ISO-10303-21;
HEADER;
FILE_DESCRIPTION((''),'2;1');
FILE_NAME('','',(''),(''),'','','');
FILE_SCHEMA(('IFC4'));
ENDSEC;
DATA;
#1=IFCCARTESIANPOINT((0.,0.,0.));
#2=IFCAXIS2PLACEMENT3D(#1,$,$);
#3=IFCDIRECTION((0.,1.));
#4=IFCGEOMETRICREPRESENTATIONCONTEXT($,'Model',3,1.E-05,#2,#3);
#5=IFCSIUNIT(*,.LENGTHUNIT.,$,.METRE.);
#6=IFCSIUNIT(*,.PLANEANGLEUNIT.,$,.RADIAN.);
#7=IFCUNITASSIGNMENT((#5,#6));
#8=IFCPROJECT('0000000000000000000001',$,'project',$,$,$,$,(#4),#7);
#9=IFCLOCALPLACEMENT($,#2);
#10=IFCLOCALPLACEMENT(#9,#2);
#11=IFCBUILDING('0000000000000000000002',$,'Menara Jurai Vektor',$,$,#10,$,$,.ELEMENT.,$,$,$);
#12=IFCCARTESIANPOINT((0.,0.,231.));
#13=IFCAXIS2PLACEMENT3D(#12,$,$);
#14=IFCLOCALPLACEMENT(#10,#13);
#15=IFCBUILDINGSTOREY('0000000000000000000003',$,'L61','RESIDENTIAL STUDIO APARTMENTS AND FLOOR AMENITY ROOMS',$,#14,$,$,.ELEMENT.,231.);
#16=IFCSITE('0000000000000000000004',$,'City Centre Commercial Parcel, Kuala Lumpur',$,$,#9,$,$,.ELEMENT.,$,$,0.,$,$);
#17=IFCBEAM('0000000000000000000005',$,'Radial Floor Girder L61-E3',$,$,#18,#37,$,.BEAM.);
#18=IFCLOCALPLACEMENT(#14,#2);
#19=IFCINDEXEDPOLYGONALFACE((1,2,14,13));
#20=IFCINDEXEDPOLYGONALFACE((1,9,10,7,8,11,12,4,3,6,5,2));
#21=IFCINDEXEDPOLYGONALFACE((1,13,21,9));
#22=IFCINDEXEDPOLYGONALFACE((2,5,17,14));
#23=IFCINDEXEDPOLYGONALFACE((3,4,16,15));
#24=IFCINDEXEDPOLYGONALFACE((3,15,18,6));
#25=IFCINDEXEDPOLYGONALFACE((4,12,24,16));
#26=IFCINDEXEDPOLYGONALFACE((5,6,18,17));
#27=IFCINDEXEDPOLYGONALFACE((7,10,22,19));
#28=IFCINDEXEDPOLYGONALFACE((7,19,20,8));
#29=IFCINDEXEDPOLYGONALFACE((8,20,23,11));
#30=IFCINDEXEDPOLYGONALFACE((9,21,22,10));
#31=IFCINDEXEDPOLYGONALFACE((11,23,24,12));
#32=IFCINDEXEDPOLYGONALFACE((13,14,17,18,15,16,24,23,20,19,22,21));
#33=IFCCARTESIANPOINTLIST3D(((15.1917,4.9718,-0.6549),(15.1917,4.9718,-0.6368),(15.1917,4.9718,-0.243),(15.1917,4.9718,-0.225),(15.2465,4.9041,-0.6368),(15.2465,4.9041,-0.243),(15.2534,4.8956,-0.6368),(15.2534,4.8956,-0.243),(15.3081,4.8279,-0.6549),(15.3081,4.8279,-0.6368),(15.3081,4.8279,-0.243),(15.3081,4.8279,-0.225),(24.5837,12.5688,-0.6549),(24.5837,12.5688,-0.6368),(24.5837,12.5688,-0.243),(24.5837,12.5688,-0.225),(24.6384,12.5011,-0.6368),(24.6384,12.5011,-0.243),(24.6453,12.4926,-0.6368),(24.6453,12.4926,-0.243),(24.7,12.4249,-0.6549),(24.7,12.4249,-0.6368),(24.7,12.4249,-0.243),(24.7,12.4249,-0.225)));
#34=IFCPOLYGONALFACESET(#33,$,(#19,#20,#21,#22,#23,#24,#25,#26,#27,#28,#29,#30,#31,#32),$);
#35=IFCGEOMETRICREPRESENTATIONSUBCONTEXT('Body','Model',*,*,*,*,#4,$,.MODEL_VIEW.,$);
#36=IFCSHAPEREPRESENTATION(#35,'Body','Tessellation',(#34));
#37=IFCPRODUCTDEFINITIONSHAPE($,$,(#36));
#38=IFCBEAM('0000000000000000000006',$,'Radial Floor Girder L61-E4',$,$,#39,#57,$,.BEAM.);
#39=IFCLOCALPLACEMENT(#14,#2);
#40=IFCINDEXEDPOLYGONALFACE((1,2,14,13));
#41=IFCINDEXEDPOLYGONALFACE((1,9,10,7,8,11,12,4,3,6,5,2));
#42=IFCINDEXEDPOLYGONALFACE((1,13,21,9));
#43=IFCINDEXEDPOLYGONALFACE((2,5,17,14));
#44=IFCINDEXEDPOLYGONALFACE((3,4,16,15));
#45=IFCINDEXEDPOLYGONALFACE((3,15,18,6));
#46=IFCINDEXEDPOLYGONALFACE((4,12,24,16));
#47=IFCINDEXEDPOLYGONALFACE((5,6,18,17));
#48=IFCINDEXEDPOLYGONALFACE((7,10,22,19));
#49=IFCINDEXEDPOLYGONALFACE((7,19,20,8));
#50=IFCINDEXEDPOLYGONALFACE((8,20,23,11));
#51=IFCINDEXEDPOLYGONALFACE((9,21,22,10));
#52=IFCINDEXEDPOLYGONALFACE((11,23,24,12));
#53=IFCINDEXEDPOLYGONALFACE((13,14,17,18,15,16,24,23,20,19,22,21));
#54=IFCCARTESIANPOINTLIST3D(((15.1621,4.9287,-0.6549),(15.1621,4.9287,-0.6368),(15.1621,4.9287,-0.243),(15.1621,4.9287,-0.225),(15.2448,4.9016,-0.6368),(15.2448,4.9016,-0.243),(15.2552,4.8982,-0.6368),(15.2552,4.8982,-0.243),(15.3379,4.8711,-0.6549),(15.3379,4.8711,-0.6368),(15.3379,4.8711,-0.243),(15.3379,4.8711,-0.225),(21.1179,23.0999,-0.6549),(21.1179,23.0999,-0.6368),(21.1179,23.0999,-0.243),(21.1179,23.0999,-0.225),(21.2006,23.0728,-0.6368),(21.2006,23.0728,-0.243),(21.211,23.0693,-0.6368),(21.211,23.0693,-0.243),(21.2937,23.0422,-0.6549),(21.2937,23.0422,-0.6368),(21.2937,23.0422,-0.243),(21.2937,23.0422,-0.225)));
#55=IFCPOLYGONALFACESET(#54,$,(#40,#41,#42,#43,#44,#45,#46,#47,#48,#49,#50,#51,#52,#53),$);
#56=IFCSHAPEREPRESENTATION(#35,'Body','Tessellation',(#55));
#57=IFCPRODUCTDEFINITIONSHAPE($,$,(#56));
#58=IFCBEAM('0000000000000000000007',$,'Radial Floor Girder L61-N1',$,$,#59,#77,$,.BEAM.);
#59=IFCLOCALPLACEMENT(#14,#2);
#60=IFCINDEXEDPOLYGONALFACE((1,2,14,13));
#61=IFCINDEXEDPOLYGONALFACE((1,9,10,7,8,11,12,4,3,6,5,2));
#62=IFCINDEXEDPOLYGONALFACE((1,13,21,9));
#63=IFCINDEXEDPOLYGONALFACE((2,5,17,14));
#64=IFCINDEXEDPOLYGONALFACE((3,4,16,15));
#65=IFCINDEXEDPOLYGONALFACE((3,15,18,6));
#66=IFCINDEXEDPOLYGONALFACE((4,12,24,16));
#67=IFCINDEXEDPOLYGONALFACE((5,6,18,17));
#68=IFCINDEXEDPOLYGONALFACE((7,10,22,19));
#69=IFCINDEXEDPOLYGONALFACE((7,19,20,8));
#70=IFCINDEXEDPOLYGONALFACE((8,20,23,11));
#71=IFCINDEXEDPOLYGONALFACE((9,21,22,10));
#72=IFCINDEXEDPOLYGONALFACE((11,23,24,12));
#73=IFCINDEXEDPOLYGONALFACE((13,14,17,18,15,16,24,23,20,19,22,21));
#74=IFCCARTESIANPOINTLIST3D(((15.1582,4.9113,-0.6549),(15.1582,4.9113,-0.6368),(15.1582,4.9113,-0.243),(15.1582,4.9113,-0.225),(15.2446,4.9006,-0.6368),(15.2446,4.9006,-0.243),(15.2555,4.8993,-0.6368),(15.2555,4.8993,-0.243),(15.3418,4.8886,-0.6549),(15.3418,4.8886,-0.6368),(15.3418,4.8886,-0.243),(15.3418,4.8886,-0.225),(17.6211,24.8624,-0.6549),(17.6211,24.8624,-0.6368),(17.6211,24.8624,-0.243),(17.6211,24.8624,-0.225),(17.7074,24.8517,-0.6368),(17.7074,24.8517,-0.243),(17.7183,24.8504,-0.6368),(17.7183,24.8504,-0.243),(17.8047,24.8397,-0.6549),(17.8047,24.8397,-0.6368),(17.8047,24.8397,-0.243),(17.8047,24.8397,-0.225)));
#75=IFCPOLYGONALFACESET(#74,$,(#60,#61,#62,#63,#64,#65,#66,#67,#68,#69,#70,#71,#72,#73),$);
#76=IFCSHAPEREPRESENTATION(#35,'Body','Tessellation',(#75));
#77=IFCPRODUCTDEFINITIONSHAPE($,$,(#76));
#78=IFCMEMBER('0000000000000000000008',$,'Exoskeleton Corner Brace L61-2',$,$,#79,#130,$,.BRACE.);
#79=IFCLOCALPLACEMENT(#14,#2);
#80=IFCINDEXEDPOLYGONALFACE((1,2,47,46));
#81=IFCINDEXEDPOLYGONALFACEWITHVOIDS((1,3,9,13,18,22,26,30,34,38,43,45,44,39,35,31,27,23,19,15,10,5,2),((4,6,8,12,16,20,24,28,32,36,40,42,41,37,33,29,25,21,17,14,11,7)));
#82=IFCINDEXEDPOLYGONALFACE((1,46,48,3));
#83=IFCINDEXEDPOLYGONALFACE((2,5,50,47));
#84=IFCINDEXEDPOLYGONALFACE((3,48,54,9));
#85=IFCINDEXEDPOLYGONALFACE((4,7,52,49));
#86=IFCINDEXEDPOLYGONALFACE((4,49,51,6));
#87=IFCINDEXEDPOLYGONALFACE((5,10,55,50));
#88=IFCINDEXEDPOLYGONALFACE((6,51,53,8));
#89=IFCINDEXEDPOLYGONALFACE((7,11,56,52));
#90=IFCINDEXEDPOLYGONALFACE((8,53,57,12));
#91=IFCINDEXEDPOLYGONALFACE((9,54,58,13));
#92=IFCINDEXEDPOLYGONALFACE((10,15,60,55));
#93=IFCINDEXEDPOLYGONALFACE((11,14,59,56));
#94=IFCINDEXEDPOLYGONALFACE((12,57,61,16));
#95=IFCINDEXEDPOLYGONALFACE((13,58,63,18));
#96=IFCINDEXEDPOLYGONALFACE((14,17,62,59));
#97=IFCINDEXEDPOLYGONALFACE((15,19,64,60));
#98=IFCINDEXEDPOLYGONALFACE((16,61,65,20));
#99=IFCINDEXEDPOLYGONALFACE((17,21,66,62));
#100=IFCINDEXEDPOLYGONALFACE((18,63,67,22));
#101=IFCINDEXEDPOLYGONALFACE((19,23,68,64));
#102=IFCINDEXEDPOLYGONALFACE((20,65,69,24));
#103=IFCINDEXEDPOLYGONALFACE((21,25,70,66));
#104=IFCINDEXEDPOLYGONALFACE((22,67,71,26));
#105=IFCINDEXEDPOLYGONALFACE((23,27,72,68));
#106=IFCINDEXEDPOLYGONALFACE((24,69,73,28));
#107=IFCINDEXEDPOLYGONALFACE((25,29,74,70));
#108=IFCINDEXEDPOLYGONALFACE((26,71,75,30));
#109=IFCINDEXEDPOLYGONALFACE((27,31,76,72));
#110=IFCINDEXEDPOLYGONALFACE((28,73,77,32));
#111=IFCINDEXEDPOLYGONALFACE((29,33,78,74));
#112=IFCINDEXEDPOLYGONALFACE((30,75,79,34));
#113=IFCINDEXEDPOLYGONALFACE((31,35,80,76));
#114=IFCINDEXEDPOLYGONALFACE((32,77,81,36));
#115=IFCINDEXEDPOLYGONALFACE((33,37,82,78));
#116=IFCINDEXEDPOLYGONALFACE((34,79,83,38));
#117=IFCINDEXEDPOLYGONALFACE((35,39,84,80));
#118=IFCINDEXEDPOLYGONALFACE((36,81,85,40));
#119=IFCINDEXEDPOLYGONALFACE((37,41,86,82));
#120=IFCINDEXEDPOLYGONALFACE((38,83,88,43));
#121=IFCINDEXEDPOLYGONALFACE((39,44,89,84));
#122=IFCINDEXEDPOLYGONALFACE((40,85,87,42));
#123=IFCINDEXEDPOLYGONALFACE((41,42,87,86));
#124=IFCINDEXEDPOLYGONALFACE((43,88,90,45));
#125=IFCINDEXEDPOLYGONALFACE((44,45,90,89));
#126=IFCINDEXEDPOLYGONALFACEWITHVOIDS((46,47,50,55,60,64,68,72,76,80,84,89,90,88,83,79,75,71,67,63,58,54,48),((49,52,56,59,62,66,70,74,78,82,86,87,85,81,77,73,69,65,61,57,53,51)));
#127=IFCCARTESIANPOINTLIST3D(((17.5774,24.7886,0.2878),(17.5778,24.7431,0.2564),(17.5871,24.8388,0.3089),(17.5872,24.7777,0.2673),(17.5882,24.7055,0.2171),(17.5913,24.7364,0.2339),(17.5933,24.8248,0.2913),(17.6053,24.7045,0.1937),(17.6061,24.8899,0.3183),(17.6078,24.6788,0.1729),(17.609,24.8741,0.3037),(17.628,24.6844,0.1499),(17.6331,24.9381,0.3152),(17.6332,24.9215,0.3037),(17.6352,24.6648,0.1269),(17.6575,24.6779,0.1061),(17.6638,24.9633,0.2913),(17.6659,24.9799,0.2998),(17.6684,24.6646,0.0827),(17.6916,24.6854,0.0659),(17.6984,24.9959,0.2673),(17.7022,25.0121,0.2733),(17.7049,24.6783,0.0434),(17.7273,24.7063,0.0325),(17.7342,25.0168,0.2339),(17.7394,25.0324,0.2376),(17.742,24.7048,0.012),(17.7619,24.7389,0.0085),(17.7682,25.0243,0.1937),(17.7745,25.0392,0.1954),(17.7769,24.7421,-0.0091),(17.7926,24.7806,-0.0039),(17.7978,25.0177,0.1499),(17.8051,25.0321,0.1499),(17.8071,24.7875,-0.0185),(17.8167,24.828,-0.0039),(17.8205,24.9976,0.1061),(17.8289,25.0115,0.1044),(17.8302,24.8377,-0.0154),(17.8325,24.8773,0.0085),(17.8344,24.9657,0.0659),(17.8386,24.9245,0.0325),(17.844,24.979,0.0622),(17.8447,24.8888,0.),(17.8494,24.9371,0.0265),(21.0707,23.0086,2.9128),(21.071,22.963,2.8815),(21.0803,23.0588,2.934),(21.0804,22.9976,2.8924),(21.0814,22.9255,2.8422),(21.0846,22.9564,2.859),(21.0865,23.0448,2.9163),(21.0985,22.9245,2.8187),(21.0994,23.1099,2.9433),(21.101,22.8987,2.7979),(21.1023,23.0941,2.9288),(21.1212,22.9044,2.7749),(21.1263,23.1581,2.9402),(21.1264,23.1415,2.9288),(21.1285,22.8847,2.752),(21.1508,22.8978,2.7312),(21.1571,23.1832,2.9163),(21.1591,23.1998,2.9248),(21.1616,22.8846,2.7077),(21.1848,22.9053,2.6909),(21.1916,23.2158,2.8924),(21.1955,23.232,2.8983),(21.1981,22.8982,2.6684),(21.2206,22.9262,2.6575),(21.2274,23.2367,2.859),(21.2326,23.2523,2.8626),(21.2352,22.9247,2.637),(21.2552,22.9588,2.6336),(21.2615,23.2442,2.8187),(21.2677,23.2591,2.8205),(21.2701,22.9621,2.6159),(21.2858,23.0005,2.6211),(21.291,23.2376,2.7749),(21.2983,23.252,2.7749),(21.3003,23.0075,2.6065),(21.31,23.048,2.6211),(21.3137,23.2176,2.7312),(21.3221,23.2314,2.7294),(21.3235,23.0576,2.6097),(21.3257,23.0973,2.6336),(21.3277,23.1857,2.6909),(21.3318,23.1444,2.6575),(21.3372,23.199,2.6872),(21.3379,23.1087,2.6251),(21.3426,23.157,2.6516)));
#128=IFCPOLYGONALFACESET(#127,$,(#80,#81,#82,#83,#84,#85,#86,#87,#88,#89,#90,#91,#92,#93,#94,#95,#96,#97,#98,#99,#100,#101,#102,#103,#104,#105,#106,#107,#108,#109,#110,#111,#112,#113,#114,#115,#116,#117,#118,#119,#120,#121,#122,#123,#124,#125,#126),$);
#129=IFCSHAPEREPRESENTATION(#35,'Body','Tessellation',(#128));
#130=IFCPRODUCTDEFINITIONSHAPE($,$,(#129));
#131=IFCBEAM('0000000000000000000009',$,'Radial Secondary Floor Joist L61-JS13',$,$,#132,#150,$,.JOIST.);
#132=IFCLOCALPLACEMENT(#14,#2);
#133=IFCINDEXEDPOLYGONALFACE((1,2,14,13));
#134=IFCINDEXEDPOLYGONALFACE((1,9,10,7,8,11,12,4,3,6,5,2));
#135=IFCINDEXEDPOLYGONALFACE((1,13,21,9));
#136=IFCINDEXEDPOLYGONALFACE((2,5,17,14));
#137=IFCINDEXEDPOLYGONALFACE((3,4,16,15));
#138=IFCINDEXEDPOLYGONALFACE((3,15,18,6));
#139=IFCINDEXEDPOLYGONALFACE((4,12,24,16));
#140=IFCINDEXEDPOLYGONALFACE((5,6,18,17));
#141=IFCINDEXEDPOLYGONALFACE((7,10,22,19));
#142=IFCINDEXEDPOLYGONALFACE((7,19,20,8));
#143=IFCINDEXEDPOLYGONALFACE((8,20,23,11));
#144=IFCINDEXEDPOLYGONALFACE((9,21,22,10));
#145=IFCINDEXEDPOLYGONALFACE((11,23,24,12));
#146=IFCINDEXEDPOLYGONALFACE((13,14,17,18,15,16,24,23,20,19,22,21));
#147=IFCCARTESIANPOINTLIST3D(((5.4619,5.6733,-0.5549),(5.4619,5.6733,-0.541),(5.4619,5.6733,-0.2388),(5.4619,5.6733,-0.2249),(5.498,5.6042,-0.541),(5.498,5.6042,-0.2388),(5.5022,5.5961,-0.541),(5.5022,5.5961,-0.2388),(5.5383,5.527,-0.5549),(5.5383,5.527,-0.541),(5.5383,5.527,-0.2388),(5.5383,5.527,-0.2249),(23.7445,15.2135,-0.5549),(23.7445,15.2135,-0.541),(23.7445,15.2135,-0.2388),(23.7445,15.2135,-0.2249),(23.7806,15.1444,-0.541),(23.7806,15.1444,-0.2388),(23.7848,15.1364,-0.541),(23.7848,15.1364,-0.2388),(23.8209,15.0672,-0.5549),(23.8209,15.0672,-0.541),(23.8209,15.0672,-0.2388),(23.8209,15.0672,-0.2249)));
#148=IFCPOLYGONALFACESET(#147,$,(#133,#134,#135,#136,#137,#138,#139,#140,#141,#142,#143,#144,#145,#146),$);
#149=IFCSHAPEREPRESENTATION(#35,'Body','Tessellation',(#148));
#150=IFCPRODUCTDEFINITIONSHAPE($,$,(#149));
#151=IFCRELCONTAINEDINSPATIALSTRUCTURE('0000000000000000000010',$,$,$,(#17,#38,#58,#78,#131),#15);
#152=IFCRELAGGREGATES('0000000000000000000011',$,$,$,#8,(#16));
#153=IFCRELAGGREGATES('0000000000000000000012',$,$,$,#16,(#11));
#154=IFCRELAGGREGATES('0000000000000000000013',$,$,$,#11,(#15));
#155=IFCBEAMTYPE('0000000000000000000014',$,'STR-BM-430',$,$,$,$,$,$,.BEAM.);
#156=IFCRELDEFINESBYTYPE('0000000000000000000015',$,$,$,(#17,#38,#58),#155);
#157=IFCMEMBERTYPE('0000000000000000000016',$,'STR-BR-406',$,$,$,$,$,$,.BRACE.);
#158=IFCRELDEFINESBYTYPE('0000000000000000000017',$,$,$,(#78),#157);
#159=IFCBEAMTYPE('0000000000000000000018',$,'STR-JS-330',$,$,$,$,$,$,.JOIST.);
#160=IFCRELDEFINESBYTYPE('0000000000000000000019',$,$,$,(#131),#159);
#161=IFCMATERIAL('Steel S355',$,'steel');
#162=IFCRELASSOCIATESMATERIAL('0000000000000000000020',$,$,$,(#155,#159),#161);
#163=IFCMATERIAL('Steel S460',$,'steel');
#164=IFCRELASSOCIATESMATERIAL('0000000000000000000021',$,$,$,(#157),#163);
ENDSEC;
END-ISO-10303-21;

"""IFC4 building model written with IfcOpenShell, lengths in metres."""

from ifc_helpers import new_model, si_unit, direction, frame, origin, origin_2d, place, context, subcontext, project, spatial, hollow_circle, i_section, extrude, material, material_profile, profile_set, type_object, element, save


model = new_model("IFC4")

# Units and contexts
model_context = context("Model", 3, precision=1e-05, world=origin(), true_north=direction((0.0, 1.0)))
body_context = subcontext(model_context, "Body", "Model", "MODEL_VIEW")
ifc_project = project(units=[si_unit("LENGTHUNIT", "METRE"), si_unit("PLANEANGLEUNIT", "RADIAN")], contexts=[model_context])

# Site, building, storey
site_placement = place(None, origin())
site = spatial("IfcSite", under=ifc_project, at=site_placement, Name="City Centre Commercial Parcel, Kuala Lumpur", CompositionType="ELEMENT", RefElevation=0.0)
building_placement = place(site_placement, origin())
building = spatial("IfcBuilding", under=site, at=building_placement, Name="Menara Jurai Vektor", CompositionType="ELEMENT")
storey_placement = place(building_placement, frame((0.0, 0.0, 231.0)))
storey = spatial("IfcBuildingStorey", under=building, at=storey_placement, Name="L61", Description="RESIDENTIAL STUDIO APARTMENTS AND FLOOR AMENITY ROOMS", CompositionType="ELEMENT", Elevation=231.0)

# Shared definitions
ifc_material_1 = material(Name="Steel S460", Category="steel")

# Beams
ifc_material_2 = material(Name="Steel S355", Category="steel")
ifc_material_profile_1 = material_profile(ifc_material_2, i_section(OverallWidth=0.1851, OverallDepth=0.4299, WebThickness=0.011, FlangeThickness=0.0181, at=origin_2d()), Name="PG 430x185x76")
ifc_profile_set_1 = profile_set([ifc_material_profile_1], Name="Steel S355")
beam_type_1 = type_object("IfcBeamType", Name="STR-BM-430", PredefinedType="BEAM", material=ifc_profile_set_1)
beam_1_placement = place(storey_placement, frame((24.6418, 12.4968, -0.4399), z_axis=(-0.777488, -0.628898, 0.0), x_axis=(0.628898, -0.777488, 0.0)))
element("IfcBeam", 1, at=beam_1_placement, inside=storey, type_object=beam_type_1, Name="Radial Floor Girder L61-E3", PredefinedType="BEAM", context=body_context, shape_type="SweptSolid", body=[
    extrude(i_section(OverallWidth=0.1851, OverallDepth=0.4299, WebThickness=0.011, FlangeThickness=0.0181, at=origin_2d()), origin(), (0.0, 0.0, 1.0), 12.0798),
])
beam_2_placement = place(storey_placement, frame((21.2058, 23.071, -0.4399), z_axis=(-0.311459, -0.95026, 0.0), x_axis=(0.95026, -0.311459, 0.0)))
element("IfcBeam", 2, at=beam_2_placement, inside=storey, type_object=beam_type_1, Name="Radial Floor Girder L61-E4", PredefinedType="BEAM", context=body_context, shape_type="SweptSolid", body=[
    extrude(i_section(OverallWidth=0.1851, OverallDepth=0.4299, WebThickness=0.011, FlangeThickness=0.0181, at=origin_2d()), origin(), (0.0, 0.0, 1.0), 19.1223),
])
beam_3_placement = place(storey_placement, frame((17.7129, 24.8511, -0.4399), z_axis=(-0.122516, -0.992467, 0.0), x_axis=(0.992467, -0.122516, 0.0)))
element("IfcBeam", 3, at=beam_3_placement, inside=storey, type_object=beam_type_1, Name="Radial Floor Girder L61-N1", PredefinedType="BEAM", context=body_context, shape_type="SweptSolid", body=[
    extrude(i_section(OverallWidth=0.1851, OverallDepth=0.4299, WebThickness=0.011, FlangeThickness=0.0181, at=origin_2d()), origin(), (0.0, 0.0, 1.0), 20.1025),
])

# Member
ifc_material_profile_2 = material_profile(ifc_material_1, hollow_circle(Radius=0.2031, WallThickness=0.0161, at=origin_2d()), Name="CHS 406.4x16")
ifc_profile_set_2 = profile_set([ifc_material_profile_2], Name="Steel S460")
member_type_1 = type_object("IfcMemberType", Name="STR-BR-406", PredefinedType="BRACE", material=ifc_profile_set_2)
member_1_placement = place(storey_placement, frame((17.7129, 24.8511, 0.1499), z_axis=(0.740361, -0.377269, 0.556357), x_axis=(0.454026, 0.890989, 0.0)))
element("IfcMember", 4, at=member_1_placement, inside=storey, type_object=member_type_1, Name="Exoskeleton Corner Brace L61-2", PredefinedType="BRACE", context=body_context, shape_type="SweptSolid", body=[
    extrude(hollow_circle(Radius=0.2031, WallThickness=0.0161, at=origin_2d()), origin(), (0.0, 0.0, 1.0), 4.7183),
])

# Beam
ifc_material_profile_3 = material_profile(ifc_material_2, i_section(OverallWidth=0.165, OverallDepth=0.3301, WebThickness=0.009, FlangeThickness=0.0139, at=origin_2d()), Name="PG 330x165x46")
ifc_profile_set_3 = profile_set([ifc_material_profile_3], Name="Steel S355")
beam_type_2 = type_object("IfcBeamType", Name="STR-JS-330", PredefinedType="JOIST", material=ifc_profile_set_3)
beam_4_placement = place(storey_placement, frame((23.7827, 15.1404, -0.3899), z_axis=(-0.886556, -0.462622, 0.0), x_axis=(0.462622, -0.886556, 0.0)))
element("IfcBeam", 5, at=beam_4_placement, inside=storey, type_object=beam_type_2, Name="Radial Secondary Floor Joist L61-JS13", PredefinedType="JOIST", context=body_context, shape_type="SweptSolid", body=[
    extrude(i_section(OverallWidth=0.165, OverallDepth=0.3301, WebThickness=0.009, FlangeThickness=0.0139, at=origin_2d()), origin(), (0.0, 0.0, 1.0), 20.6221),
])

save(model, "model.ifc")
